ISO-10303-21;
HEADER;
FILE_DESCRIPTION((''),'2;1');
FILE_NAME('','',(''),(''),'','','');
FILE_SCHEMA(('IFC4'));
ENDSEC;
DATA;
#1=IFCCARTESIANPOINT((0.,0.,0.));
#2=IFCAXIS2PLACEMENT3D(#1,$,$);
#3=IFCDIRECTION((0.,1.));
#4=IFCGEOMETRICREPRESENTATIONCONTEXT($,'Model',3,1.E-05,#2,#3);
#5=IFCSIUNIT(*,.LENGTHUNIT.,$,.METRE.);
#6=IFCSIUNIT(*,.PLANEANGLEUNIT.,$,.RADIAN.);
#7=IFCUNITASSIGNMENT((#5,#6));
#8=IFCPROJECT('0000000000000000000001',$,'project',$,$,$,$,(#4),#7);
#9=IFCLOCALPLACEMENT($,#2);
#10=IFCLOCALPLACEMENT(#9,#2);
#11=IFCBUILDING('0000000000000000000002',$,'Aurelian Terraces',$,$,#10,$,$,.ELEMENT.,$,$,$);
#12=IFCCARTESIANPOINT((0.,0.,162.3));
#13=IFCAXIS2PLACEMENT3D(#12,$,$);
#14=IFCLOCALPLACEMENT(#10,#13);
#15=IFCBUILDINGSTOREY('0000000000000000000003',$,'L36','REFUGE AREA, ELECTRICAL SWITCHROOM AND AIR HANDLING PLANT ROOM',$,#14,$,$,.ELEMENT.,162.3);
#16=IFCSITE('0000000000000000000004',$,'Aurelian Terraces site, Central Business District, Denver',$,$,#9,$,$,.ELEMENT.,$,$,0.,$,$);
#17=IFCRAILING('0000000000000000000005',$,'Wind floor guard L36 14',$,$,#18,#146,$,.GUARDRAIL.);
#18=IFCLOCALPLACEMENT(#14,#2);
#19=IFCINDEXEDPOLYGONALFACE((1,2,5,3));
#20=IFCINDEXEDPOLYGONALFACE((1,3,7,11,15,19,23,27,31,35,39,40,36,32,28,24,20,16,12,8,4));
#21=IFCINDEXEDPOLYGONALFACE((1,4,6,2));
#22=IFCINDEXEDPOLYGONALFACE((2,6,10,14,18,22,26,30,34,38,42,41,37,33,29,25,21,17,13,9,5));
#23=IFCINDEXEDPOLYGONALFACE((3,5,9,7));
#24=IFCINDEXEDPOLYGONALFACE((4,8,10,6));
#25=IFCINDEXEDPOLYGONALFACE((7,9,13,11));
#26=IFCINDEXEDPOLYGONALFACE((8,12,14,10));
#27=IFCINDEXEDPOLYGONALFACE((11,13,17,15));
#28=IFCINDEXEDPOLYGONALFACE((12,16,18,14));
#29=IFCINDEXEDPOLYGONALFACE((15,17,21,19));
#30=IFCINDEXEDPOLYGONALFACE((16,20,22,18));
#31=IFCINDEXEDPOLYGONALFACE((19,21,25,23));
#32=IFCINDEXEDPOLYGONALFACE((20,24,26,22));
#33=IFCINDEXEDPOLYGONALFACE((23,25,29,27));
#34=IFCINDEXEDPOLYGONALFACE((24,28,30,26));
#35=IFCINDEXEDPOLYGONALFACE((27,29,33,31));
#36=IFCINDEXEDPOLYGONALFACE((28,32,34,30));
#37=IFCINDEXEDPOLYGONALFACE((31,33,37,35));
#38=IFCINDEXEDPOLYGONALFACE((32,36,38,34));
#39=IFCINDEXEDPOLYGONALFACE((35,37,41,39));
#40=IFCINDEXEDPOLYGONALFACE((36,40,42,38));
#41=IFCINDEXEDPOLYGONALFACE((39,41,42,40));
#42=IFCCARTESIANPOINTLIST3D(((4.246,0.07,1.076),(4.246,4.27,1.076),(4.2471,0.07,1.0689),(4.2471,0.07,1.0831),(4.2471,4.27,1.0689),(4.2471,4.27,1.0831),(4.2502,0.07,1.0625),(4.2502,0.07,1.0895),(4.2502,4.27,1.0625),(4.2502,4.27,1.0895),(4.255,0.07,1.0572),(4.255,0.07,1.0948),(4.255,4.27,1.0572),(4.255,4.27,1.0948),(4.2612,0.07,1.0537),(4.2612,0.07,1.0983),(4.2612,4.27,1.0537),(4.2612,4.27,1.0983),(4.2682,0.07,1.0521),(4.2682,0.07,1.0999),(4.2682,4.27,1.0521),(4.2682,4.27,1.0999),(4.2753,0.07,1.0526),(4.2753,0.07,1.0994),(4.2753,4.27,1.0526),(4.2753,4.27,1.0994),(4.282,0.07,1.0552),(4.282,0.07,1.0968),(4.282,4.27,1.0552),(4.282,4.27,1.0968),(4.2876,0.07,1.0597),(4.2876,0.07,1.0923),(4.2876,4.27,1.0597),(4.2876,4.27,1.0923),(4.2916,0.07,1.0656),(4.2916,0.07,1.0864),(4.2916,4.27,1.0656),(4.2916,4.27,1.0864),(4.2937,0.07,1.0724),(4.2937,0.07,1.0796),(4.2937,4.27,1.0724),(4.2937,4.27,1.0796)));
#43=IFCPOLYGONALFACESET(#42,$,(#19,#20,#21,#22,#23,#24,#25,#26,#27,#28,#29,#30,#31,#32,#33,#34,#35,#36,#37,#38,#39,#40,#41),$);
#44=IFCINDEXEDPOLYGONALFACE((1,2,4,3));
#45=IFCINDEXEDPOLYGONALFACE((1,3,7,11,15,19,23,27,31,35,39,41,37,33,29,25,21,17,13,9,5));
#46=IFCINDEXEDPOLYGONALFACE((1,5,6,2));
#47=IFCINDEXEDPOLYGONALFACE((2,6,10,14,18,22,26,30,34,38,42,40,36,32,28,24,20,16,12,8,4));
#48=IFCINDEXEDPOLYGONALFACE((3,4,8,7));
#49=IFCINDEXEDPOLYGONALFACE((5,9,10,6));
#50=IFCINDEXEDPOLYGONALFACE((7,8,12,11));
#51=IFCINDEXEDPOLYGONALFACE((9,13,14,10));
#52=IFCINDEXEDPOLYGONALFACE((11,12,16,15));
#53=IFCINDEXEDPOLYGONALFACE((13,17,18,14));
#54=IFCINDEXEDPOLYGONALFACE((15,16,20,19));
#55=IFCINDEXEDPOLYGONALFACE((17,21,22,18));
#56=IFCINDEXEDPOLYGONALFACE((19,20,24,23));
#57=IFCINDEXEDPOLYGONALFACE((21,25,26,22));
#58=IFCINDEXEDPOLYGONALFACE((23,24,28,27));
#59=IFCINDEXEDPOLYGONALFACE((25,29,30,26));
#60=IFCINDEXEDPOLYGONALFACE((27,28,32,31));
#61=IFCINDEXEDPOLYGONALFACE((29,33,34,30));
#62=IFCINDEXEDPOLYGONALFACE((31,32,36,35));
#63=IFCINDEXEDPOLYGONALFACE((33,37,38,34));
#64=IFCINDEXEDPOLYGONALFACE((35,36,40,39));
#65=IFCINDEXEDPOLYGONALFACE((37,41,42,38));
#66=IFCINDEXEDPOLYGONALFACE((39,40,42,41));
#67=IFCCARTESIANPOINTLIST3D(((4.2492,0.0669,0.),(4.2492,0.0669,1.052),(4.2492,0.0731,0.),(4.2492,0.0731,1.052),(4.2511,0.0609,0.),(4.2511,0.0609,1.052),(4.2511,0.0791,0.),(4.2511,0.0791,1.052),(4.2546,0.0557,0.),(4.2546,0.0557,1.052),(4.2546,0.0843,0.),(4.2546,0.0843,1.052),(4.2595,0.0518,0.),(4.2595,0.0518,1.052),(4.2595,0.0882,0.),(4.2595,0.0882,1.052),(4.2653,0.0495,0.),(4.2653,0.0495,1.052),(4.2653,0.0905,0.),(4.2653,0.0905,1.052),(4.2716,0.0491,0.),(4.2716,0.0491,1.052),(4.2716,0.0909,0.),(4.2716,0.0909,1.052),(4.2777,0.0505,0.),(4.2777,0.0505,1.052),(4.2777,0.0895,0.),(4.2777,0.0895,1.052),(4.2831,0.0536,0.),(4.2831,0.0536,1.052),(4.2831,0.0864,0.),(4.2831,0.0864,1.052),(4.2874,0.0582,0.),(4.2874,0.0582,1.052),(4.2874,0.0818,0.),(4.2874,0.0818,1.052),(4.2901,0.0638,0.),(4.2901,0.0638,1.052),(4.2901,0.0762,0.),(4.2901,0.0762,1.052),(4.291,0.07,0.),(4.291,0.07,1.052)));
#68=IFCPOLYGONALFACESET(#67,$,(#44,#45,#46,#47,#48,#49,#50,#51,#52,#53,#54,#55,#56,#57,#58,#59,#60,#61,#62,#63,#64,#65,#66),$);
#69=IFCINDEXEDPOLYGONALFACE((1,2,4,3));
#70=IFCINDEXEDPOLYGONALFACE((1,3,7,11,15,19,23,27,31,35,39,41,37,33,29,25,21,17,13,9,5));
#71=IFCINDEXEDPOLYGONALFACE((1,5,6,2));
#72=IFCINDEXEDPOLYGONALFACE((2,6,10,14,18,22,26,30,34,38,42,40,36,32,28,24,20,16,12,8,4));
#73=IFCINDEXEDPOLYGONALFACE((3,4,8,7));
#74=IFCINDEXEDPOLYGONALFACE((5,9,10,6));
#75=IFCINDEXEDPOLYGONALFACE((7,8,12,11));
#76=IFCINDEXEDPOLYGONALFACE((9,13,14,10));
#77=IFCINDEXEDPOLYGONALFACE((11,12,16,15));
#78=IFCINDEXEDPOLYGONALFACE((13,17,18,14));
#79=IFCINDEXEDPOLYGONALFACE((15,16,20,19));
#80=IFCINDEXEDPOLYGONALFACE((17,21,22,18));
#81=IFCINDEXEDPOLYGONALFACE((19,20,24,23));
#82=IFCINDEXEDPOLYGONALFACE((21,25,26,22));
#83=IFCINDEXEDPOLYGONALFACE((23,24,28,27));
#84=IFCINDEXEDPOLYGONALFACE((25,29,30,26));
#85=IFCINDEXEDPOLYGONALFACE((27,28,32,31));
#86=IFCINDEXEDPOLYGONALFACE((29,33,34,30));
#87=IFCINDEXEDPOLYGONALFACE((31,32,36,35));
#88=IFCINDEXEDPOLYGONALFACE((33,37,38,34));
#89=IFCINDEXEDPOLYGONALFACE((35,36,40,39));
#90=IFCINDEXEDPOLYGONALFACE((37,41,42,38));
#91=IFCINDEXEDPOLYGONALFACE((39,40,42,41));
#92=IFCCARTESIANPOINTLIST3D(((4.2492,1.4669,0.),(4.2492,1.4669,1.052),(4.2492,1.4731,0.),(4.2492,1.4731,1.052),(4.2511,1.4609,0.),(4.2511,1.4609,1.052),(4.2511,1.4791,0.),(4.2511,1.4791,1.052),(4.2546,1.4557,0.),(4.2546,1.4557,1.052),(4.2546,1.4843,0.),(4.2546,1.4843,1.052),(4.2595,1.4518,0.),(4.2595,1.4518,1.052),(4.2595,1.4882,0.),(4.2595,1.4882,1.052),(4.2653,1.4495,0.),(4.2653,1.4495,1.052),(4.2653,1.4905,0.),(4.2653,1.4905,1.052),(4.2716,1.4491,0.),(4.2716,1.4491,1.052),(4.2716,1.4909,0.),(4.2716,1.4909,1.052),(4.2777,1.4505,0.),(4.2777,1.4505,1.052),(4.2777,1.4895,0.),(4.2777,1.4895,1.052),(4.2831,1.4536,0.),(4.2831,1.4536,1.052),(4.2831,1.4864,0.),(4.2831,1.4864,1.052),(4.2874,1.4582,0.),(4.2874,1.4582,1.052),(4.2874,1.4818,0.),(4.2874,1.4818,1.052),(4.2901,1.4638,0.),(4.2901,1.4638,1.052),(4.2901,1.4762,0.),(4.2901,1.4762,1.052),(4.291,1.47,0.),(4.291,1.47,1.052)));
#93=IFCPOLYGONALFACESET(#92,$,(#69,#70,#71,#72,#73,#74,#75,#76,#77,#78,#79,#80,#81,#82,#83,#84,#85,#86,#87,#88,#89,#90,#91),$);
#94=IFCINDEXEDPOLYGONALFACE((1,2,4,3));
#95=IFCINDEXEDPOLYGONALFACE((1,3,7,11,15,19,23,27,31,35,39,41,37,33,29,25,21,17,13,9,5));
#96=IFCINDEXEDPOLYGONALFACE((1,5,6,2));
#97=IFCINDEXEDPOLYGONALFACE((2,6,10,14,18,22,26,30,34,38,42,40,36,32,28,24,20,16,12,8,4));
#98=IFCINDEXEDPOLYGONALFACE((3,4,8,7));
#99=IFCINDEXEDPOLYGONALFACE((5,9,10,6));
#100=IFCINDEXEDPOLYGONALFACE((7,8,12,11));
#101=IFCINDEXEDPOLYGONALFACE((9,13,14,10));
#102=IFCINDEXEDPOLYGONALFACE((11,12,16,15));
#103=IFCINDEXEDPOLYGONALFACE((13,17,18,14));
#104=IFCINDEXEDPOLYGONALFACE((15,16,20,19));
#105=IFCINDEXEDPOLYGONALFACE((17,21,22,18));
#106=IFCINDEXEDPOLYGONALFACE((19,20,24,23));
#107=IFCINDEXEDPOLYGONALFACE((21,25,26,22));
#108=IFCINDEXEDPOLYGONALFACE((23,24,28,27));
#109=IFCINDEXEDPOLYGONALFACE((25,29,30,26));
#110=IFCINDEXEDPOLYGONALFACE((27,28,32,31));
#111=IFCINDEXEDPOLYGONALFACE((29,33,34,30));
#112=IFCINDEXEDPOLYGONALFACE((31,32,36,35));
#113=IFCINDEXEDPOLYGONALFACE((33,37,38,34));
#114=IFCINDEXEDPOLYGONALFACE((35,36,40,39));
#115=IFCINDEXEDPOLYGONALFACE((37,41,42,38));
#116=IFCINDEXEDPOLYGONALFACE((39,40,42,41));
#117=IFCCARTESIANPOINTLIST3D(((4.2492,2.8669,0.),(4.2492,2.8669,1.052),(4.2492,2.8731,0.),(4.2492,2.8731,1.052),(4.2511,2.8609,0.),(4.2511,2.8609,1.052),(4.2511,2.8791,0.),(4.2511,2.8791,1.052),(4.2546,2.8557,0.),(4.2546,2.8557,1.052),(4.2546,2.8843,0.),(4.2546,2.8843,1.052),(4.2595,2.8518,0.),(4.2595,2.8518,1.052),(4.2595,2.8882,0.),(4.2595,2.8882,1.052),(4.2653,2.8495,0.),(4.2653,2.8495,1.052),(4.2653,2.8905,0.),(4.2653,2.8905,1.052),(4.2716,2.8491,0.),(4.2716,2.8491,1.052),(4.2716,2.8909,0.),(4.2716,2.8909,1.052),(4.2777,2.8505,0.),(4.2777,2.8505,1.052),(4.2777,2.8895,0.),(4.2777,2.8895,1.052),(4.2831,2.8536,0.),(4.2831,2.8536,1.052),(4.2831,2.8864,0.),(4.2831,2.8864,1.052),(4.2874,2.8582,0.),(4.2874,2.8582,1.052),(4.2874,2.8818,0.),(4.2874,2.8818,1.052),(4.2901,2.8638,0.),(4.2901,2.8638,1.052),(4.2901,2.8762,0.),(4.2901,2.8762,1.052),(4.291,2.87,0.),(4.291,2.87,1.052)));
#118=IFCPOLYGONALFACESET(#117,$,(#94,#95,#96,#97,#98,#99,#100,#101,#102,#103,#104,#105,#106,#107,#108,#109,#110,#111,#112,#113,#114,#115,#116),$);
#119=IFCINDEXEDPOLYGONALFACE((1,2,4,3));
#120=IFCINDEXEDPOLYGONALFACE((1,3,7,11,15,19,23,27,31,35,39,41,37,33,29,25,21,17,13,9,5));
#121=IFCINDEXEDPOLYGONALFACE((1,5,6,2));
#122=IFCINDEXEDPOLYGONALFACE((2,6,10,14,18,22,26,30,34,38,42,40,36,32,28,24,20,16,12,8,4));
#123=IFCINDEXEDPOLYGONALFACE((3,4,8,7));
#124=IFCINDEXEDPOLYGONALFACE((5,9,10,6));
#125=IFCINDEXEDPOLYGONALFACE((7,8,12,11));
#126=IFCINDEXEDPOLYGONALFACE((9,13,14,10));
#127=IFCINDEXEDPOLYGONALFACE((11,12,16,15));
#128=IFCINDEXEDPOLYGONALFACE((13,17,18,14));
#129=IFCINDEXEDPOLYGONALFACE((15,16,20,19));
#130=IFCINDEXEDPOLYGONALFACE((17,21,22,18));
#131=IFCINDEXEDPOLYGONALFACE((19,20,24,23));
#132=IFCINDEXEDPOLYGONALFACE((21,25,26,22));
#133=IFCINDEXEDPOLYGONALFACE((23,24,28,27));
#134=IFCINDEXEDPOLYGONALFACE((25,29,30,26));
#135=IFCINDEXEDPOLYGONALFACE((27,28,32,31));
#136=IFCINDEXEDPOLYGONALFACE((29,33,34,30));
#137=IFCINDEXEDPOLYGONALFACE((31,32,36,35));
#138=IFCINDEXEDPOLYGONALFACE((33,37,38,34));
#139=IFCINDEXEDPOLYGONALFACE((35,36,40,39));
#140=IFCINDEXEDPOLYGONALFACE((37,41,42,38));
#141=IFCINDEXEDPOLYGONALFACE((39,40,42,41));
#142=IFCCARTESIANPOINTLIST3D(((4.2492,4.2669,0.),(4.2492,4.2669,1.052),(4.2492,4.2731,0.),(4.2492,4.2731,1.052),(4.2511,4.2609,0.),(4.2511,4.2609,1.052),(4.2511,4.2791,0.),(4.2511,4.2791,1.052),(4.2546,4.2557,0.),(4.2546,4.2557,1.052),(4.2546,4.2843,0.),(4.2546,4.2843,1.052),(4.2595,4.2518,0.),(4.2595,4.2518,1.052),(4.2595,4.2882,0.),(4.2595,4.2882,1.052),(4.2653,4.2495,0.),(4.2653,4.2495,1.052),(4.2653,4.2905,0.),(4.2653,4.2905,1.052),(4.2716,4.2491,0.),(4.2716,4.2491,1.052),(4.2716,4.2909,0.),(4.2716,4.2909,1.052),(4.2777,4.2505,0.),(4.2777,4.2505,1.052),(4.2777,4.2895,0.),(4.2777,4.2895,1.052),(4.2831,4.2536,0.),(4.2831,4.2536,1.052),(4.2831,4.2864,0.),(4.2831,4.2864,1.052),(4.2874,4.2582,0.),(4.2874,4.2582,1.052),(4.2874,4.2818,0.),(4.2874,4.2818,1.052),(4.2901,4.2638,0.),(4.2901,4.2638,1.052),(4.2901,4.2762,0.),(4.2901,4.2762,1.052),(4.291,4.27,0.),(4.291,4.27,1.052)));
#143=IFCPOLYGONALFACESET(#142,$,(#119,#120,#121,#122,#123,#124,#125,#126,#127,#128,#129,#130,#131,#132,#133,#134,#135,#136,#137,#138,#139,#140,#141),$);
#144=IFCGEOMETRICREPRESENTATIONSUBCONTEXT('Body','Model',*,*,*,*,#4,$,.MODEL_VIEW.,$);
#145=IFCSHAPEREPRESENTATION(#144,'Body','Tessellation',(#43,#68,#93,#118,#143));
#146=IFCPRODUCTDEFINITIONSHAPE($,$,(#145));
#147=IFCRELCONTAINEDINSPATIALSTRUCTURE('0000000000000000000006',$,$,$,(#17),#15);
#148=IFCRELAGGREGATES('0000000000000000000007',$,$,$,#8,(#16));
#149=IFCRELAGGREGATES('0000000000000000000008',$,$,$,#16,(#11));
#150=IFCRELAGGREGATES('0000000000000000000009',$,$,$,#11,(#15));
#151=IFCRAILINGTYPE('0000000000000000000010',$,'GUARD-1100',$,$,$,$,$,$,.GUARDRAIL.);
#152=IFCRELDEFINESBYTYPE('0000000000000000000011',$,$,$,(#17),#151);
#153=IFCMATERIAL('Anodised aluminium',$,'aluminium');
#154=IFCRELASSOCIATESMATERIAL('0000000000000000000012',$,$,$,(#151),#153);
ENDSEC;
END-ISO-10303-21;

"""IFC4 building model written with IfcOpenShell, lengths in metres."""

from ifc_helpers import new_model, si_unit, direction, frame, origin, origin_2d, place, context, subcontext, project, spatial, circle, extrude, material, type_object, element, save


model = new_model("IFC4")

# Units and contexts
model_context = context("Model", 3, precision=1e-05, world=origin(), true_north=direction((0.0, 1.0)))
body_context = subcontext(model_context, "Body", "Model", "MODEL_VIEW")
ifc_project = project(units=[si_unit("LENGTHUNIT", "METRE"), si_unit("PLANEANGLEUNIT", "RADIAN")], contexts=[model_context])

# Site, building, storey
site_placement = place(None, origin())
site = spatial("IfcSite", under=ifc_project, at=site_placement, Name="Aurelian Terraces site, Central Business District, Denver", CompositionType="ELEMENT", RefElevation=0.0)
building_placement = place(site_placement, origin())
building = spatial("IfcBuilding", under=site, at=building_placement, Name="Aurelian Terraces", CompositionType="ELEMENT")
storey_placement = place(building_placement, frame((0.0, 0.0, 162.3)))
storey = spatial("IfcBuildingStorey", under=building, at=storey_placement, Name="L36", Description="REFUGE AREA, ELECTRICAL SWITCHROOM AND AIR HANDLING PLANT ROOM", CompositionType="ELEMENT", Elevation=162.3)

# Railing
ifc_material_1 = material(Name="Anodised aluminium", Category="aluminium")
railing_type_1 = type_object("IfcRailingType", Name="GUARD-1100", PredefinedType="GUARDRAIL", material=ifc_material_1)
railing_1_placement = place(storey_placement, frame((4.27, 0.07, 0.0)))
element("IfcRailing", 1, at=railing_1_placement, inside=storey, type_object=railing_type_1, Name="Wind floor guard L36 14", PredefinedType="GUARDRAIL", context=body_context, shape_type="SweptSolid", body=[
    extrude(circle(Radius=0.024, at=origin_2d()), frame((0.0, 0.0, 1.076), z_axis=(0.0, 1.0, 0.0), x_axis=(-1.0, 0.0, 0.0)), (0.0, 0.0, 1.0), 4.2),
    extrude(circle(Radius=0.021, at=origin_2d()), origin(), (0.0, 0.0, 1.0), 1.052),
    extrude(circle(Radius=0.021, at=origin_2d()), frame((0.0, 1.4, 0.0)), (0.0, 0.0, 1.0), 1.052),
    extrude(circle(Radius=0.021, at=origin_2d()), frame((0.0, 2.8, 0.0)), (0.0, 0.0, 1.0), 1.052),
    extrude(circle(Radius=0.021, at=origin_2d()), frame((0.0, 4.2, 0.0)), (0.0, 0.0, 1.0), 1.052),
])

save(model, "model.ifc")
